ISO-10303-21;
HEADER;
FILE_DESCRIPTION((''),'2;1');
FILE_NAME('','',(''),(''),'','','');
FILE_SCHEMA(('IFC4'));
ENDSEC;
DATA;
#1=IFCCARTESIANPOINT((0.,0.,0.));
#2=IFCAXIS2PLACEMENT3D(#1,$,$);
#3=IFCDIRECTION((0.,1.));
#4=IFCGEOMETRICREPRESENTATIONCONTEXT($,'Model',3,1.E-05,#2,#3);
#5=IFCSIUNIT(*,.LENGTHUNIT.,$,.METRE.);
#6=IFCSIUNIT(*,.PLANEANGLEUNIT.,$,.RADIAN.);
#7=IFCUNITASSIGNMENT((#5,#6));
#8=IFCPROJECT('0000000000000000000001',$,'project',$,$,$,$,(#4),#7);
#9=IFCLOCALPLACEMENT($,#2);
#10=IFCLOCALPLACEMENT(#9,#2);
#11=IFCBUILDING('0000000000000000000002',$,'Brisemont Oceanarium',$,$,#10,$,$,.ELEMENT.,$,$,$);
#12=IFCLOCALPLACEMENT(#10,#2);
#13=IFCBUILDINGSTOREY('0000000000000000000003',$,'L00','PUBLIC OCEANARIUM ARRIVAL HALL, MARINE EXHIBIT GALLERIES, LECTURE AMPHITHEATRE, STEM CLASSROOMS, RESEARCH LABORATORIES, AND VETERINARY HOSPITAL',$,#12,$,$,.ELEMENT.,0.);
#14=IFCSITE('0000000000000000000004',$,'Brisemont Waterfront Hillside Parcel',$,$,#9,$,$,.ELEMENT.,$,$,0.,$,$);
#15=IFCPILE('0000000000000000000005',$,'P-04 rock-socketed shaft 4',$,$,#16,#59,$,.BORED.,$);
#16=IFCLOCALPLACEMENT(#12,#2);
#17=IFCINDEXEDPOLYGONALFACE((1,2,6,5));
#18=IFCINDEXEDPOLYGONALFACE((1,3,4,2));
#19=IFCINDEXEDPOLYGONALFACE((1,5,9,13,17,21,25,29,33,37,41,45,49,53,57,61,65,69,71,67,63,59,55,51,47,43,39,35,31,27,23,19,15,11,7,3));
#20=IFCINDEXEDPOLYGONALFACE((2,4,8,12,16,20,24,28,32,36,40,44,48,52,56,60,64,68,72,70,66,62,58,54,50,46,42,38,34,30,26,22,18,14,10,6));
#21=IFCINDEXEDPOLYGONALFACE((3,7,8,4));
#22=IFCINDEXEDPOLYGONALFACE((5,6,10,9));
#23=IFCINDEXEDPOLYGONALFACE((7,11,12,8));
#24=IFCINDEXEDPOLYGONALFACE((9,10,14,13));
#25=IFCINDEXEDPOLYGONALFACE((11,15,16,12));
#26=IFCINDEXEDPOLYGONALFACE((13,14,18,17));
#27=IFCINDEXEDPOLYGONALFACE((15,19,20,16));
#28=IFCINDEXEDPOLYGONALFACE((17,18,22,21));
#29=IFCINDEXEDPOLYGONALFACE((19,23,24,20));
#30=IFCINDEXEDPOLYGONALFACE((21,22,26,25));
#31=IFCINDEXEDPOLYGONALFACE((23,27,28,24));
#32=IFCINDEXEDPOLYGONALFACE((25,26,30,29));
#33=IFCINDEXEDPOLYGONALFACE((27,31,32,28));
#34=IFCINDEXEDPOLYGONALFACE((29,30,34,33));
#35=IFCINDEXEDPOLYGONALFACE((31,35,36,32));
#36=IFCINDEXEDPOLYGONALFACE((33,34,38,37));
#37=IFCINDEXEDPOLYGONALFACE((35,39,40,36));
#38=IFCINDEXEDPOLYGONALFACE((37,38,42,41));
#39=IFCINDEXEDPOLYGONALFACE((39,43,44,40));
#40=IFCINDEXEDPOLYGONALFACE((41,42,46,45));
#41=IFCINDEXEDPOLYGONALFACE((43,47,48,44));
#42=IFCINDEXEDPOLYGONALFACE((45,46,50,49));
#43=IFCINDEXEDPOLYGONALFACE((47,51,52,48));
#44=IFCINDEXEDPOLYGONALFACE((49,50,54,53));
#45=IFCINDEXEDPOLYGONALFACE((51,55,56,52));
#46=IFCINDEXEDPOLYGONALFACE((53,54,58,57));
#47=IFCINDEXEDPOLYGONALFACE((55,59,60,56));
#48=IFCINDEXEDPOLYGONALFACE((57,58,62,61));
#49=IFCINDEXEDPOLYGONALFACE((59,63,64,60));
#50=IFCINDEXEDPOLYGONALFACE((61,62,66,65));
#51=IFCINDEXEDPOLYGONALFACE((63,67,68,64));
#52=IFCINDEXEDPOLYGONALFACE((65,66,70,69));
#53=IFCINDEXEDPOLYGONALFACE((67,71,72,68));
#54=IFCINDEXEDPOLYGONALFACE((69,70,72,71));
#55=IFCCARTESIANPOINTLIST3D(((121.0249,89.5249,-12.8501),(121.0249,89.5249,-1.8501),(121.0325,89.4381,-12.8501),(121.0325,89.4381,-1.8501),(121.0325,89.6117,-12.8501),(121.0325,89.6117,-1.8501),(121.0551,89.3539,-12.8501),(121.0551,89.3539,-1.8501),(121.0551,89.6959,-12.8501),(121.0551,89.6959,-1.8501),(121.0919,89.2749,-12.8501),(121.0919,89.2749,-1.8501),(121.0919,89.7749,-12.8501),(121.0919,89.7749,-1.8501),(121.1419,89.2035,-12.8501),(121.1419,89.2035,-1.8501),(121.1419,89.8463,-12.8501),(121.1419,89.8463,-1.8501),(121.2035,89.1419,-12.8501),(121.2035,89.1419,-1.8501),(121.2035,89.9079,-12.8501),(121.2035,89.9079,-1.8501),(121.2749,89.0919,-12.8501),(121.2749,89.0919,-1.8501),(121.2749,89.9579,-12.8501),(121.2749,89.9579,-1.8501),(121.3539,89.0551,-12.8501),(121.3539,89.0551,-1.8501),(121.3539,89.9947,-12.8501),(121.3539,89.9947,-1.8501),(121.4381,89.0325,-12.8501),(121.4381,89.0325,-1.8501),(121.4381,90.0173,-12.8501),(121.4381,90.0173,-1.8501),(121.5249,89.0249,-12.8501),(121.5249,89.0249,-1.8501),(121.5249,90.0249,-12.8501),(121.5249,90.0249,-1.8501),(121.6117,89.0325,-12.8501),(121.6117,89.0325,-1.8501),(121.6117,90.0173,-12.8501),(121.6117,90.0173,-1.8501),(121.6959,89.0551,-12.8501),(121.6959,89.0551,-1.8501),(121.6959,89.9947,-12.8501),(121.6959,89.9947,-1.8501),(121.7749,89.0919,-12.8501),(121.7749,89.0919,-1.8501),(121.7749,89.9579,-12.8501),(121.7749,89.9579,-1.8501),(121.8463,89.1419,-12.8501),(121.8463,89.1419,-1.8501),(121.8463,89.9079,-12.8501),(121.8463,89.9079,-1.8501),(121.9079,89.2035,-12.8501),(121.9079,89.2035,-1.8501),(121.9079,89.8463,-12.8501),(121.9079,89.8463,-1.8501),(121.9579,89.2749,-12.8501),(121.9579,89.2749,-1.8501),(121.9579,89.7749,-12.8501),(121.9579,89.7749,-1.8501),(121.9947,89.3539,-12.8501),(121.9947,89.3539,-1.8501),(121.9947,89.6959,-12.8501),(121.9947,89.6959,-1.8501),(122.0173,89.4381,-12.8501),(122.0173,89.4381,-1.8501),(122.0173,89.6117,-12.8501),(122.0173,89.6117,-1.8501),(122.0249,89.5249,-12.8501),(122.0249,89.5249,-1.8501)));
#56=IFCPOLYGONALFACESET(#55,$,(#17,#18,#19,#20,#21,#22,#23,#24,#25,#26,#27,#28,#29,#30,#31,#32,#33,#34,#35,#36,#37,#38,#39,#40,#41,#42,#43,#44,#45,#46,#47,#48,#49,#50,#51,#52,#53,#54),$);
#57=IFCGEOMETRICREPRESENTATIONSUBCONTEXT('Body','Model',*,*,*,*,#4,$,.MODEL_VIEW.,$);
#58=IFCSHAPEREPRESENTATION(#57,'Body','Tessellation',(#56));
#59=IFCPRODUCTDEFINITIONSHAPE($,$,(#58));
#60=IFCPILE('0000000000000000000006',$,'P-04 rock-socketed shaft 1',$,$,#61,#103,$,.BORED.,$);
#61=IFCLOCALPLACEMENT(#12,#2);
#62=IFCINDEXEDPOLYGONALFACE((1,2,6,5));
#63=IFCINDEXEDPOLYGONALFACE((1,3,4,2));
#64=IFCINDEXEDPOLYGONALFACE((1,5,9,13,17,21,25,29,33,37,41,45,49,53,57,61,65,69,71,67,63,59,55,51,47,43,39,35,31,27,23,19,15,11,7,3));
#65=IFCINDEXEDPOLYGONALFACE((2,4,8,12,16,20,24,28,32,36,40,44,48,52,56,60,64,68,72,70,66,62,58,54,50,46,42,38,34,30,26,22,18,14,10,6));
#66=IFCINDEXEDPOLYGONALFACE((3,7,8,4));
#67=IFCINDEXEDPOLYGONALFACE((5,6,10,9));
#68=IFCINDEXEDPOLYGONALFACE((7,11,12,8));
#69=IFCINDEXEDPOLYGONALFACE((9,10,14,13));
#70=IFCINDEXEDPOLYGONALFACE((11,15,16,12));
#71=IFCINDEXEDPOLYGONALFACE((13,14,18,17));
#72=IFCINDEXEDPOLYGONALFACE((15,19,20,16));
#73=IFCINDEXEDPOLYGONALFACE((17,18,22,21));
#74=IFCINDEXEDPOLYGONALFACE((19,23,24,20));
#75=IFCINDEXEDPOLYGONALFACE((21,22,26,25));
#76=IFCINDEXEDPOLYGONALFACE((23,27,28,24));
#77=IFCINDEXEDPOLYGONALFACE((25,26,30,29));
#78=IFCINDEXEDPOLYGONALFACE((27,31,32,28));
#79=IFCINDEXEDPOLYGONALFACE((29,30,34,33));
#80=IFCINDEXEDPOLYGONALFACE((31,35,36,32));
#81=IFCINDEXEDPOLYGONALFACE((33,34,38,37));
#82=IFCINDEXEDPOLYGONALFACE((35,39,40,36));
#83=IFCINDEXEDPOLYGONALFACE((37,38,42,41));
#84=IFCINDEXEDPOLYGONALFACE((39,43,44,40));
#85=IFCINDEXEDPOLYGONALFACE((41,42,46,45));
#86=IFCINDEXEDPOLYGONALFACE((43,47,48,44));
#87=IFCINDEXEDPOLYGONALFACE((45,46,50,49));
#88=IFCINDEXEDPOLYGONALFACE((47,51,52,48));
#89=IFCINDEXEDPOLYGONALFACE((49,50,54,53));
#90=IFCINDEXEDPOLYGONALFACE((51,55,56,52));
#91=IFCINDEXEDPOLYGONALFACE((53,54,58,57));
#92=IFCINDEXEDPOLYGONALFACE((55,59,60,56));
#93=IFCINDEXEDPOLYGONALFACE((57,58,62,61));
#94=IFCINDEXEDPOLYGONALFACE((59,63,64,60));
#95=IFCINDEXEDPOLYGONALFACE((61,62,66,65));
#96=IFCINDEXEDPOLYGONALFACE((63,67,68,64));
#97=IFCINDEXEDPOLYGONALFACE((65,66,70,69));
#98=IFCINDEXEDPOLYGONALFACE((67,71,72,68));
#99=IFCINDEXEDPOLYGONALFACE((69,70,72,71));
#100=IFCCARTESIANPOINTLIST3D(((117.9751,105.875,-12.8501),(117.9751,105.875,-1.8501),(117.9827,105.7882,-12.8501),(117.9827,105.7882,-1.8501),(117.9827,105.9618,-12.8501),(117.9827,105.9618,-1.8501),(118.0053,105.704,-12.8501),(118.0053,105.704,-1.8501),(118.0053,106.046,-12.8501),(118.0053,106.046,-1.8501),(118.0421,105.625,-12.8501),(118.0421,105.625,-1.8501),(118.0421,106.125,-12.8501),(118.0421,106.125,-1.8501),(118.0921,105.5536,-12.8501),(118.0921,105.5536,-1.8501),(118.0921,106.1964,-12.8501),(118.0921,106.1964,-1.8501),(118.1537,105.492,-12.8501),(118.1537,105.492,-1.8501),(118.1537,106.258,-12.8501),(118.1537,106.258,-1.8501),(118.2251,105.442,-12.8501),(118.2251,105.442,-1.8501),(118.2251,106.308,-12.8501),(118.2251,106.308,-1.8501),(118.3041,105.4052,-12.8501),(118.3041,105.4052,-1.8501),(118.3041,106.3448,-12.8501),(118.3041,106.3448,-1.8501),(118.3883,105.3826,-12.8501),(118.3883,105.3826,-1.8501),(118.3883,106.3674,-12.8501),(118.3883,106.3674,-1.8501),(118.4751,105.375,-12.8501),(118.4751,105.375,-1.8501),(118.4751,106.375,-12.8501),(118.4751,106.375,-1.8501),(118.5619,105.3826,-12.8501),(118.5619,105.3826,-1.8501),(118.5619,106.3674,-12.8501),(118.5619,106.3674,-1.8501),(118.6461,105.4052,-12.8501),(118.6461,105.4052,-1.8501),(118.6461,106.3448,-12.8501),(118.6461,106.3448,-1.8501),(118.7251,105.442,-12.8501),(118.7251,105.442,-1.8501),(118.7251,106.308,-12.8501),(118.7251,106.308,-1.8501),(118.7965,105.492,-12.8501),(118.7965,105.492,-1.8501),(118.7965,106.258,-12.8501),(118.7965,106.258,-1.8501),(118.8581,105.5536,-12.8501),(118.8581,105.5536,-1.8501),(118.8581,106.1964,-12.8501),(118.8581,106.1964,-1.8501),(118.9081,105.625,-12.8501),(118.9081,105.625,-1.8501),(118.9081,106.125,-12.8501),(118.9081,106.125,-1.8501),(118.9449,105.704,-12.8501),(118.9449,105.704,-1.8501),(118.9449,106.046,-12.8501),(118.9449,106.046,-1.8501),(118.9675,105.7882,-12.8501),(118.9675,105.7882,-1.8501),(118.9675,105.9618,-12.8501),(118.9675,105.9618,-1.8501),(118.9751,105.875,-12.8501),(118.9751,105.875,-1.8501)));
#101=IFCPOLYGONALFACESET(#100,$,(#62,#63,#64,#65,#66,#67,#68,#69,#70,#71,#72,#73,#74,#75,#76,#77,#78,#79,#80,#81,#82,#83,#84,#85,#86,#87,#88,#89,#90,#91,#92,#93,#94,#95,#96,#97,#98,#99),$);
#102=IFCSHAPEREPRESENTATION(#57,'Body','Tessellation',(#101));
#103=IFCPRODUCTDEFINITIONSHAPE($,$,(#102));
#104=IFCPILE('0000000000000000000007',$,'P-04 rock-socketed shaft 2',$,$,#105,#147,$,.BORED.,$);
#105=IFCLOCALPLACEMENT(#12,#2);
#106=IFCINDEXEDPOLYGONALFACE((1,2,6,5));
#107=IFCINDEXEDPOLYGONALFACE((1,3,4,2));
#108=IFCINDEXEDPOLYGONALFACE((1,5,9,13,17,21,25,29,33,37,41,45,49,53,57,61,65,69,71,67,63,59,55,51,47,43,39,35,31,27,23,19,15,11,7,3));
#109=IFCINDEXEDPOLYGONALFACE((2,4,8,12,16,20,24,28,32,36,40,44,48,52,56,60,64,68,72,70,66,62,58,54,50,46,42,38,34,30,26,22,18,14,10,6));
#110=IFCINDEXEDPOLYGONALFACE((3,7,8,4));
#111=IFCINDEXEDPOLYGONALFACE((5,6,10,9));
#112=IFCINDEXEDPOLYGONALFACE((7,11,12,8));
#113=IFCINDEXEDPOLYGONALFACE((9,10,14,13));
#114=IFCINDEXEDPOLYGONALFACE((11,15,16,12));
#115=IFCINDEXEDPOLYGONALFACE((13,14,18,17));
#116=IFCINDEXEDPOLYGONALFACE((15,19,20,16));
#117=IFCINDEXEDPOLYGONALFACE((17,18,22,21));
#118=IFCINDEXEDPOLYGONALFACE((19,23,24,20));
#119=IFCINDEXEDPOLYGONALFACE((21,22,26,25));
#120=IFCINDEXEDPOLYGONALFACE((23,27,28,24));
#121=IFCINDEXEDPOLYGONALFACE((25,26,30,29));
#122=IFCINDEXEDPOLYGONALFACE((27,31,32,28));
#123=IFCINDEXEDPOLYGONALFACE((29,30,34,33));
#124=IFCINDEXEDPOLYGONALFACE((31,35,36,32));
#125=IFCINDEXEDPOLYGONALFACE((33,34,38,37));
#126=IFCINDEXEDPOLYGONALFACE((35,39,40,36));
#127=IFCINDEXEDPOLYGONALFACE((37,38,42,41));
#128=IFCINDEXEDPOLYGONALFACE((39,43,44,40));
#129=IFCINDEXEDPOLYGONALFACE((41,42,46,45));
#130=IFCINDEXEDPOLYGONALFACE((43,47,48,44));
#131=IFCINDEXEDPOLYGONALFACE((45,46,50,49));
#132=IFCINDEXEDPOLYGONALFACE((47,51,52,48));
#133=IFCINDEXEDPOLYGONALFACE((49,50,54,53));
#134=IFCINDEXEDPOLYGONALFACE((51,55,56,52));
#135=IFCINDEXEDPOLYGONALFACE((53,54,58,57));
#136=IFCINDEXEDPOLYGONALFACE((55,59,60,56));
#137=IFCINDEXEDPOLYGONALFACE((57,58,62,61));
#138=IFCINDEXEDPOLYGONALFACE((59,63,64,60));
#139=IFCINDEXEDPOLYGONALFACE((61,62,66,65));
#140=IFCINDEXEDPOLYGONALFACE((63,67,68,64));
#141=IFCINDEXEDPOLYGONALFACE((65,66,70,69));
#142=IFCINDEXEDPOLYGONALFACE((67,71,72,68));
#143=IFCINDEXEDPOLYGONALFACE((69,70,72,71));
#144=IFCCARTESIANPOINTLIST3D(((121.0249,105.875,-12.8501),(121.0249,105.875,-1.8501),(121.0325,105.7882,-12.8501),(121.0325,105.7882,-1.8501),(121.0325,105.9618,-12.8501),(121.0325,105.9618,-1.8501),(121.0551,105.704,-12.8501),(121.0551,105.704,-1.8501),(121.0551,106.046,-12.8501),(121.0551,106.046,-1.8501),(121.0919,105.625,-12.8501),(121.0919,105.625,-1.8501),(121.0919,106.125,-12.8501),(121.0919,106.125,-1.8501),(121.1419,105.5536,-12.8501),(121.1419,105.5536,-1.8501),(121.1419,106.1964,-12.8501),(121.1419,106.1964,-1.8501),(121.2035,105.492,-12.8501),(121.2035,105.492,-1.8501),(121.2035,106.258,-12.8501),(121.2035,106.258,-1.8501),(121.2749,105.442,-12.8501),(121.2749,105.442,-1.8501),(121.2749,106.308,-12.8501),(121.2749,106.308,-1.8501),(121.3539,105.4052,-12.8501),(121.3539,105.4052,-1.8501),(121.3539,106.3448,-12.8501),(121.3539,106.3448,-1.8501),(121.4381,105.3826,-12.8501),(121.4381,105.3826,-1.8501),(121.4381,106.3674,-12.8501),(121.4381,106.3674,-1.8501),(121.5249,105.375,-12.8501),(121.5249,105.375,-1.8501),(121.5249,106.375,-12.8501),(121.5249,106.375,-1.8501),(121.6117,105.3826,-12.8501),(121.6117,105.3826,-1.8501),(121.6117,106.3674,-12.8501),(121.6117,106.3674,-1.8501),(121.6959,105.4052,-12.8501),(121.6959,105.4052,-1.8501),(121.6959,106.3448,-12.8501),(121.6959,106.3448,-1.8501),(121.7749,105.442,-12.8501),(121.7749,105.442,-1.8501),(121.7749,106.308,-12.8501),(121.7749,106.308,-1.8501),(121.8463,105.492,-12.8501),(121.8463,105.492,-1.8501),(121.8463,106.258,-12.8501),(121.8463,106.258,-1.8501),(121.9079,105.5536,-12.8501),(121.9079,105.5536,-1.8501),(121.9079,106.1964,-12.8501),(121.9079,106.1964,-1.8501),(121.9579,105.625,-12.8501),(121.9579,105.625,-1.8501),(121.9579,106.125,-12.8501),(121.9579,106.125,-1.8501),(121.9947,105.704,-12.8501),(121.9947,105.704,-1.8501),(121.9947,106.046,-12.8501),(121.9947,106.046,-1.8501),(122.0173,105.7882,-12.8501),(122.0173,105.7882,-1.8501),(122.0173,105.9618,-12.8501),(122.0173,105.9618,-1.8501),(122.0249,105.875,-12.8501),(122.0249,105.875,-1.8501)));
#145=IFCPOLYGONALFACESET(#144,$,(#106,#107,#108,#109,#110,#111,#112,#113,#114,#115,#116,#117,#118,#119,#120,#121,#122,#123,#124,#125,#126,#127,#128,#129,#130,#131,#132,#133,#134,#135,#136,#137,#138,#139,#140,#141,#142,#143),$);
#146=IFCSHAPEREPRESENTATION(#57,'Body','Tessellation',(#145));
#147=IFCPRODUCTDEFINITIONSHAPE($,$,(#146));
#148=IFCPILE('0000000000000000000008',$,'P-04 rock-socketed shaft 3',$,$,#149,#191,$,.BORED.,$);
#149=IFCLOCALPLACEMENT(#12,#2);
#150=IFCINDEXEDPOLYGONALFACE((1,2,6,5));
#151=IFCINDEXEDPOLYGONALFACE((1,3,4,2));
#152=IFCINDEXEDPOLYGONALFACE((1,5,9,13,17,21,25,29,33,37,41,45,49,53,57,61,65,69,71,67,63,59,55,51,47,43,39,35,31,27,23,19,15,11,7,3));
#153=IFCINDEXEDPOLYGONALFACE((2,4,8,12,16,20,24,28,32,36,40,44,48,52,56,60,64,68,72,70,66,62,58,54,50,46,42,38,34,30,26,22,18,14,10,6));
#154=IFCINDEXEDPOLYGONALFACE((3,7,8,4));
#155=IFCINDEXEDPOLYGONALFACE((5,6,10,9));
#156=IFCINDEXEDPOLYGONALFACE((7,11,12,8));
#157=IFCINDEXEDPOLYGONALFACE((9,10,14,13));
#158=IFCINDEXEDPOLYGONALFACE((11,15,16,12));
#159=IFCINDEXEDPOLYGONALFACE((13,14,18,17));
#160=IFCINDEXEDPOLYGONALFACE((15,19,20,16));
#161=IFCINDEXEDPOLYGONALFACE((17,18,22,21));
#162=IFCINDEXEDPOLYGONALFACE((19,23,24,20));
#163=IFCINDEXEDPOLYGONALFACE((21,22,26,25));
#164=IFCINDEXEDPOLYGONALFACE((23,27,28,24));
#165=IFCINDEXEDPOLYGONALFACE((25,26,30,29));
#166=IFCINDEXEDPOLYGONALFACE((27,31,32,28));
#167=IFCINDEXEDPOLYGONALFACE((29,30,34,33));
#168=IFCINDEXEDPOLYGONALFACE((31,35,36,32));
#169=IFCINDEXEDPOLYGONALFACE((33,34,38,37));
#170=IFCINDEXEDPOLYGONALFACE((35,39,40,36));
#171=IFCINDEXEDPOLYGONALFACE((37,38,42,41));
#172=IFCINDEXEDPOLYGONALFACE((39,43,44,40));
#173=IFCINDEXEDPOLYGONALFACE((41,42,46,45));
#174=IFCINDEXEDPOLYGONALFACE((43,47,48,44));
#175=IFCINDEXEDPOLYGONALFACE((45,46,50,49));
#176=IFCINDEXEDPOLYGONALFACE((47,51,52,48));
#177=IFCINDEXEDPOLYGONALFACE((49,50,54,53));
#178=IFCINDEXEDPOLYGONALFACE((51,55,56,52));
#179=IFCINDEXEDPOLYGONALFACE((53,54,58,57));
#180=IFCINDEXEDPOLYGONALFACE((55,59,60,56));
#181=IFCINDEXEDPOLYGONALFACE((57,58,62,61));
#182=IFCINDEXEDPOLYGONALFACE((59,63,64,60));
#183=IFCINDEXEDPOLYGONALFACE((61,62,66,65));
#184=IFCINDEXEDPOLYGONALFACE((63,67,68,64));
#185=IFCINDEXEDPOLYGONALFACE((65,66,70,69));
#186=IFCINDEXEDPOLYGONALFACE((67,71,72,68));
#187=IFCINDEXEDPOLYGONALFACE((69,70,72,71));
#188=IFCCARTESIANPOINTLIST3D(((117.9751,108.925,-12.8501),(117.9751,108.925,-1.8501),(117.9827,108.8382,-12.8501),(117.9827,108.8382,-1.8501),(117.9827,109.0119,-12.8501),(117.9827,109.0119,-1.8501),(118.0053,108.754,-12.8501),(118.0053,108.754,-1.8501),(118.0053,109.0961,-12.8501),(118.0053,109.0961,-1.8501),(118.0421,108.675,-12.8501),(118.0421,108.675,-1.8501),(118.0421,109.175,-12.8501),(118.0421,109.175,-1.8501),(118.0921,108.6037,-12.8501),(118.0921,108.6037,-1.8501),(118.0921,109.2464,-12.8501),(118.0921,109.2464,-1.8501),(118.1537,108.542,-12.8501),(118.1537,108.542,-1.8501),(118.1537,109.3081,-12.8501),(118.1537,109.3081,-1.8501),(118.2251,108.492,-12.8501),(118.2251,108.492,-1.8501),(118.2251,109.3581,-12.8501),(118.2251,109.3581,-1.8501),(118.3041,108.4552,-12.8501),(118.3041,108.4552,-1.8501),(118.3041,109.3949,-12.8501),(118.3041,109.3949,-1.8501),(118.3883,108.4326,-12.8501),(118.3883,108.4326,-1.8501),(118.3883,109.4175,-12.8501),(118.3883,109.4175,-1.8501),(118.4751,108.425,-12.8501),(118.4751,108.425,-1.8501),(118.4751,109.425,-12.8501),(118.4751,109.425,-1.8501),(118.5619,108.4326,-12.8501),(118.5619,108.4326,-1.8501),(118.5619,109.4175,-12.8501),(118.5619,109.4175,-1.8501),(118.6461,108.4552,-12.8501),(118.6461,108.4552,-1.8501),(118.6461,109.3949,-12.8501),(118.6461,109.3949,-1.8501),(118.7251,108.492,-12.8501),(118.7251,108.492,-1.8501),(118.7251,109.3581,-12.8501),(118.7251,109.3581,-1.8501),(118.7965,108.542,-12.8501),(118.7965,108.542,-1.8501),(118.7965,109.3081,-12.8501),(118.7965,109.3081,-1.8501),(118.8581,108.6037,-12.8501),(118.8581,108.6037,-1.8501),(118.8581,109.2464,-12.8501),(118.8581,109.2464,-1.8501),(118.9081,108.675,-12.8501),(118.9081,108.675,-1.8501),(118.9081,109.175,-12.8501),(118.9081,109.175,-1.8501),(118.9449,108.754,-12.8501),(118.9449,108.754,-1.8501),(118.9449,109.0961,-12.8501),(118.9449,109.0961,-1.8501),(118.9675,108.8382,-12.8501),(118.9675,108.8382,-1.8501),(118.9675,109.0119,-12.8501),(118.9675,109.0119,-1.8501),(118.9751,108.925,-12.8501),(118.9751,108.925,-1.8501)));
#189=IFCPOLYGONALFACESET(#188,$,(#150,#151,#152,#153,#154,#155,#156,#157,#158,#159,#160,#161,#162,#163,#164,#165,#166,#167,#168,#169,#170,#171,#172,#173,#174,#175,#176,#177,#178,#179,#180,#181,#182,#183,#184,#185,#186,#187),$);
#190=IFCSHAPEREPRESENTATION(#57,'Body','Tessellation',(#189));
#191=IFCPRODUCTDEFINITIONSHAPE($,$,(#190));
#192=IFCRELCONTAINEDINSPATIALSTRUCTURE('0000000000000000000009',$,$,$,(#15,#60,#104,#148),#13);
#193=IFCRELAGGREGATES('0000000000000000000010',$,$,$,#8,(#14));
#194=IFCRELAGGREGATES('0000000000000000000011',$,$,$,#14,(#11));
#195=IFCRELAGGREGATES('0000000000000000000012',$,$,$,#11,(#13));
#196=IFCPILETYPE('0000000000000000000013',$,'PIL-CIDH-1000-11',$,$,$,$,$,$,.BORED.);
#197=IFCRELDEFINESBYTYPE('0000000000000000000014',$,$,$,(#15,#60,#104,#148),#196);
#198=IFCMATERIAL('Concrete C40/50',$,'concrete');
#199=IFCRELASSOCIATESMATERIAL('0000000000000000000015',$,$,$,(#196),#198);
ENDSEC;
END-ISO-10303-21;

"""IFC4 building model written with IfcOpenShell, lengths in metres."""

from ifc_helpers import new_model, si_unit, direction, frame, origin, origin_2d, place, context, subcontext, project, spatial, circle, extrude, material, material_profile, profile_set, type_object, element, save


model = new_model("IFC4")

# Units and contexts
model_context = context("Model", 3, precision=1e-05, world=origin(), true_north=direction((0.0, 1.0)))
body_context = subcontext(model_context, "Body", "Model", "MODEL_VIEW")
ifc_project = project(units=[si_unit("LENGTHUNIT", "METRE"), si_unit("PLANEANGLEUNIT", "RADIAN")], contexts=[model_context])

# Site, building, storey
site_placement = place(None, origin())
site = spatial("IfcSite", under=ifc_project, at=site_placement, Name="Brisemont Waterfront Hillside Parcel", CompositionType="ELEMENT", RefElevation=0.0)
building_placement = place(site_placement, origin())
building = spatial("IfcBuilding", under=site, at=building_placement, Name="Brisemont Oceanarium", CompositionType="ELEMENT")
storey_placement = place(building_placement, origin())
storey = spatial("IfcBuildingStorey", under=building, at=storey_placement, Name="L00", Description="PUBLIC OCEANARIUM ARRIVAL HALL, MARINE EXHIBIT GALLERIES, LECTURE AMPHITHEATRE, STEM CLASSROOMS, RESEARCH LABORATORIES, AND VETERINARY HOSPITAL", CompositionType="ELEMENT", Elevation=0.0)

# Piles
ifc_material_1 = material(Name="Concrete C40/50", Category="concrete")
ifc_material_profile_1 = material_profile(ifc_material_1, circle(Radius=0.5, at=origin_2d()), Name="CIDH-D1000")
ifc_profile_set_1 = profile_set([ifc_material_profile_1], Name="Concrete C40/50")
pile_type_1 = type_object("IfcPileType", Name="PIL-CIDH-1000-11", PredefinedType="BORED", material=ifc_profile_set_1)
for number, where, z_axis, x_axis, name in (
    (1, (121.5249, 89.5249, -1.8501), (0.0, 0.0, -1.0), (1.0, 0.0, 0.0), "P-04 rock-socketed shaft 4"),
    (2, (118.4751, 105.875, -1.8501), (0.0, 0.0, -1.0), (1.0, 0.0, 0.0), "P-04 rock-socketed shaft 1"),
    (3, (121.5249, 105.875, -1.8501), (0.0, 0.0, -1.0), (1.0, 0.0, 0.0), "P-04 rock-socketed shaft 2"),
    (4, (118.4751, 108.925, -1.8501), (0.0, 0.0, -1.0), (1.0, 0.0, 0.0), "P-04 rock-socketed shaft 3"),
):
    element("IfcPile", number, at=place(storey_placement, frame(where, z_axis=z_axis, x_axis=x_axis)), inside=storey, type_object=pile_type_1, Name=name, PredefinedType="BORED", context=body_context, shape_type="SweptSolid", body=[
        extrude(circle(Radius=0.5, at=origin_2d()), origin(), (0.0, 0.0, 1.0), 11.0),
    ])

save(model, "model.ifc")
